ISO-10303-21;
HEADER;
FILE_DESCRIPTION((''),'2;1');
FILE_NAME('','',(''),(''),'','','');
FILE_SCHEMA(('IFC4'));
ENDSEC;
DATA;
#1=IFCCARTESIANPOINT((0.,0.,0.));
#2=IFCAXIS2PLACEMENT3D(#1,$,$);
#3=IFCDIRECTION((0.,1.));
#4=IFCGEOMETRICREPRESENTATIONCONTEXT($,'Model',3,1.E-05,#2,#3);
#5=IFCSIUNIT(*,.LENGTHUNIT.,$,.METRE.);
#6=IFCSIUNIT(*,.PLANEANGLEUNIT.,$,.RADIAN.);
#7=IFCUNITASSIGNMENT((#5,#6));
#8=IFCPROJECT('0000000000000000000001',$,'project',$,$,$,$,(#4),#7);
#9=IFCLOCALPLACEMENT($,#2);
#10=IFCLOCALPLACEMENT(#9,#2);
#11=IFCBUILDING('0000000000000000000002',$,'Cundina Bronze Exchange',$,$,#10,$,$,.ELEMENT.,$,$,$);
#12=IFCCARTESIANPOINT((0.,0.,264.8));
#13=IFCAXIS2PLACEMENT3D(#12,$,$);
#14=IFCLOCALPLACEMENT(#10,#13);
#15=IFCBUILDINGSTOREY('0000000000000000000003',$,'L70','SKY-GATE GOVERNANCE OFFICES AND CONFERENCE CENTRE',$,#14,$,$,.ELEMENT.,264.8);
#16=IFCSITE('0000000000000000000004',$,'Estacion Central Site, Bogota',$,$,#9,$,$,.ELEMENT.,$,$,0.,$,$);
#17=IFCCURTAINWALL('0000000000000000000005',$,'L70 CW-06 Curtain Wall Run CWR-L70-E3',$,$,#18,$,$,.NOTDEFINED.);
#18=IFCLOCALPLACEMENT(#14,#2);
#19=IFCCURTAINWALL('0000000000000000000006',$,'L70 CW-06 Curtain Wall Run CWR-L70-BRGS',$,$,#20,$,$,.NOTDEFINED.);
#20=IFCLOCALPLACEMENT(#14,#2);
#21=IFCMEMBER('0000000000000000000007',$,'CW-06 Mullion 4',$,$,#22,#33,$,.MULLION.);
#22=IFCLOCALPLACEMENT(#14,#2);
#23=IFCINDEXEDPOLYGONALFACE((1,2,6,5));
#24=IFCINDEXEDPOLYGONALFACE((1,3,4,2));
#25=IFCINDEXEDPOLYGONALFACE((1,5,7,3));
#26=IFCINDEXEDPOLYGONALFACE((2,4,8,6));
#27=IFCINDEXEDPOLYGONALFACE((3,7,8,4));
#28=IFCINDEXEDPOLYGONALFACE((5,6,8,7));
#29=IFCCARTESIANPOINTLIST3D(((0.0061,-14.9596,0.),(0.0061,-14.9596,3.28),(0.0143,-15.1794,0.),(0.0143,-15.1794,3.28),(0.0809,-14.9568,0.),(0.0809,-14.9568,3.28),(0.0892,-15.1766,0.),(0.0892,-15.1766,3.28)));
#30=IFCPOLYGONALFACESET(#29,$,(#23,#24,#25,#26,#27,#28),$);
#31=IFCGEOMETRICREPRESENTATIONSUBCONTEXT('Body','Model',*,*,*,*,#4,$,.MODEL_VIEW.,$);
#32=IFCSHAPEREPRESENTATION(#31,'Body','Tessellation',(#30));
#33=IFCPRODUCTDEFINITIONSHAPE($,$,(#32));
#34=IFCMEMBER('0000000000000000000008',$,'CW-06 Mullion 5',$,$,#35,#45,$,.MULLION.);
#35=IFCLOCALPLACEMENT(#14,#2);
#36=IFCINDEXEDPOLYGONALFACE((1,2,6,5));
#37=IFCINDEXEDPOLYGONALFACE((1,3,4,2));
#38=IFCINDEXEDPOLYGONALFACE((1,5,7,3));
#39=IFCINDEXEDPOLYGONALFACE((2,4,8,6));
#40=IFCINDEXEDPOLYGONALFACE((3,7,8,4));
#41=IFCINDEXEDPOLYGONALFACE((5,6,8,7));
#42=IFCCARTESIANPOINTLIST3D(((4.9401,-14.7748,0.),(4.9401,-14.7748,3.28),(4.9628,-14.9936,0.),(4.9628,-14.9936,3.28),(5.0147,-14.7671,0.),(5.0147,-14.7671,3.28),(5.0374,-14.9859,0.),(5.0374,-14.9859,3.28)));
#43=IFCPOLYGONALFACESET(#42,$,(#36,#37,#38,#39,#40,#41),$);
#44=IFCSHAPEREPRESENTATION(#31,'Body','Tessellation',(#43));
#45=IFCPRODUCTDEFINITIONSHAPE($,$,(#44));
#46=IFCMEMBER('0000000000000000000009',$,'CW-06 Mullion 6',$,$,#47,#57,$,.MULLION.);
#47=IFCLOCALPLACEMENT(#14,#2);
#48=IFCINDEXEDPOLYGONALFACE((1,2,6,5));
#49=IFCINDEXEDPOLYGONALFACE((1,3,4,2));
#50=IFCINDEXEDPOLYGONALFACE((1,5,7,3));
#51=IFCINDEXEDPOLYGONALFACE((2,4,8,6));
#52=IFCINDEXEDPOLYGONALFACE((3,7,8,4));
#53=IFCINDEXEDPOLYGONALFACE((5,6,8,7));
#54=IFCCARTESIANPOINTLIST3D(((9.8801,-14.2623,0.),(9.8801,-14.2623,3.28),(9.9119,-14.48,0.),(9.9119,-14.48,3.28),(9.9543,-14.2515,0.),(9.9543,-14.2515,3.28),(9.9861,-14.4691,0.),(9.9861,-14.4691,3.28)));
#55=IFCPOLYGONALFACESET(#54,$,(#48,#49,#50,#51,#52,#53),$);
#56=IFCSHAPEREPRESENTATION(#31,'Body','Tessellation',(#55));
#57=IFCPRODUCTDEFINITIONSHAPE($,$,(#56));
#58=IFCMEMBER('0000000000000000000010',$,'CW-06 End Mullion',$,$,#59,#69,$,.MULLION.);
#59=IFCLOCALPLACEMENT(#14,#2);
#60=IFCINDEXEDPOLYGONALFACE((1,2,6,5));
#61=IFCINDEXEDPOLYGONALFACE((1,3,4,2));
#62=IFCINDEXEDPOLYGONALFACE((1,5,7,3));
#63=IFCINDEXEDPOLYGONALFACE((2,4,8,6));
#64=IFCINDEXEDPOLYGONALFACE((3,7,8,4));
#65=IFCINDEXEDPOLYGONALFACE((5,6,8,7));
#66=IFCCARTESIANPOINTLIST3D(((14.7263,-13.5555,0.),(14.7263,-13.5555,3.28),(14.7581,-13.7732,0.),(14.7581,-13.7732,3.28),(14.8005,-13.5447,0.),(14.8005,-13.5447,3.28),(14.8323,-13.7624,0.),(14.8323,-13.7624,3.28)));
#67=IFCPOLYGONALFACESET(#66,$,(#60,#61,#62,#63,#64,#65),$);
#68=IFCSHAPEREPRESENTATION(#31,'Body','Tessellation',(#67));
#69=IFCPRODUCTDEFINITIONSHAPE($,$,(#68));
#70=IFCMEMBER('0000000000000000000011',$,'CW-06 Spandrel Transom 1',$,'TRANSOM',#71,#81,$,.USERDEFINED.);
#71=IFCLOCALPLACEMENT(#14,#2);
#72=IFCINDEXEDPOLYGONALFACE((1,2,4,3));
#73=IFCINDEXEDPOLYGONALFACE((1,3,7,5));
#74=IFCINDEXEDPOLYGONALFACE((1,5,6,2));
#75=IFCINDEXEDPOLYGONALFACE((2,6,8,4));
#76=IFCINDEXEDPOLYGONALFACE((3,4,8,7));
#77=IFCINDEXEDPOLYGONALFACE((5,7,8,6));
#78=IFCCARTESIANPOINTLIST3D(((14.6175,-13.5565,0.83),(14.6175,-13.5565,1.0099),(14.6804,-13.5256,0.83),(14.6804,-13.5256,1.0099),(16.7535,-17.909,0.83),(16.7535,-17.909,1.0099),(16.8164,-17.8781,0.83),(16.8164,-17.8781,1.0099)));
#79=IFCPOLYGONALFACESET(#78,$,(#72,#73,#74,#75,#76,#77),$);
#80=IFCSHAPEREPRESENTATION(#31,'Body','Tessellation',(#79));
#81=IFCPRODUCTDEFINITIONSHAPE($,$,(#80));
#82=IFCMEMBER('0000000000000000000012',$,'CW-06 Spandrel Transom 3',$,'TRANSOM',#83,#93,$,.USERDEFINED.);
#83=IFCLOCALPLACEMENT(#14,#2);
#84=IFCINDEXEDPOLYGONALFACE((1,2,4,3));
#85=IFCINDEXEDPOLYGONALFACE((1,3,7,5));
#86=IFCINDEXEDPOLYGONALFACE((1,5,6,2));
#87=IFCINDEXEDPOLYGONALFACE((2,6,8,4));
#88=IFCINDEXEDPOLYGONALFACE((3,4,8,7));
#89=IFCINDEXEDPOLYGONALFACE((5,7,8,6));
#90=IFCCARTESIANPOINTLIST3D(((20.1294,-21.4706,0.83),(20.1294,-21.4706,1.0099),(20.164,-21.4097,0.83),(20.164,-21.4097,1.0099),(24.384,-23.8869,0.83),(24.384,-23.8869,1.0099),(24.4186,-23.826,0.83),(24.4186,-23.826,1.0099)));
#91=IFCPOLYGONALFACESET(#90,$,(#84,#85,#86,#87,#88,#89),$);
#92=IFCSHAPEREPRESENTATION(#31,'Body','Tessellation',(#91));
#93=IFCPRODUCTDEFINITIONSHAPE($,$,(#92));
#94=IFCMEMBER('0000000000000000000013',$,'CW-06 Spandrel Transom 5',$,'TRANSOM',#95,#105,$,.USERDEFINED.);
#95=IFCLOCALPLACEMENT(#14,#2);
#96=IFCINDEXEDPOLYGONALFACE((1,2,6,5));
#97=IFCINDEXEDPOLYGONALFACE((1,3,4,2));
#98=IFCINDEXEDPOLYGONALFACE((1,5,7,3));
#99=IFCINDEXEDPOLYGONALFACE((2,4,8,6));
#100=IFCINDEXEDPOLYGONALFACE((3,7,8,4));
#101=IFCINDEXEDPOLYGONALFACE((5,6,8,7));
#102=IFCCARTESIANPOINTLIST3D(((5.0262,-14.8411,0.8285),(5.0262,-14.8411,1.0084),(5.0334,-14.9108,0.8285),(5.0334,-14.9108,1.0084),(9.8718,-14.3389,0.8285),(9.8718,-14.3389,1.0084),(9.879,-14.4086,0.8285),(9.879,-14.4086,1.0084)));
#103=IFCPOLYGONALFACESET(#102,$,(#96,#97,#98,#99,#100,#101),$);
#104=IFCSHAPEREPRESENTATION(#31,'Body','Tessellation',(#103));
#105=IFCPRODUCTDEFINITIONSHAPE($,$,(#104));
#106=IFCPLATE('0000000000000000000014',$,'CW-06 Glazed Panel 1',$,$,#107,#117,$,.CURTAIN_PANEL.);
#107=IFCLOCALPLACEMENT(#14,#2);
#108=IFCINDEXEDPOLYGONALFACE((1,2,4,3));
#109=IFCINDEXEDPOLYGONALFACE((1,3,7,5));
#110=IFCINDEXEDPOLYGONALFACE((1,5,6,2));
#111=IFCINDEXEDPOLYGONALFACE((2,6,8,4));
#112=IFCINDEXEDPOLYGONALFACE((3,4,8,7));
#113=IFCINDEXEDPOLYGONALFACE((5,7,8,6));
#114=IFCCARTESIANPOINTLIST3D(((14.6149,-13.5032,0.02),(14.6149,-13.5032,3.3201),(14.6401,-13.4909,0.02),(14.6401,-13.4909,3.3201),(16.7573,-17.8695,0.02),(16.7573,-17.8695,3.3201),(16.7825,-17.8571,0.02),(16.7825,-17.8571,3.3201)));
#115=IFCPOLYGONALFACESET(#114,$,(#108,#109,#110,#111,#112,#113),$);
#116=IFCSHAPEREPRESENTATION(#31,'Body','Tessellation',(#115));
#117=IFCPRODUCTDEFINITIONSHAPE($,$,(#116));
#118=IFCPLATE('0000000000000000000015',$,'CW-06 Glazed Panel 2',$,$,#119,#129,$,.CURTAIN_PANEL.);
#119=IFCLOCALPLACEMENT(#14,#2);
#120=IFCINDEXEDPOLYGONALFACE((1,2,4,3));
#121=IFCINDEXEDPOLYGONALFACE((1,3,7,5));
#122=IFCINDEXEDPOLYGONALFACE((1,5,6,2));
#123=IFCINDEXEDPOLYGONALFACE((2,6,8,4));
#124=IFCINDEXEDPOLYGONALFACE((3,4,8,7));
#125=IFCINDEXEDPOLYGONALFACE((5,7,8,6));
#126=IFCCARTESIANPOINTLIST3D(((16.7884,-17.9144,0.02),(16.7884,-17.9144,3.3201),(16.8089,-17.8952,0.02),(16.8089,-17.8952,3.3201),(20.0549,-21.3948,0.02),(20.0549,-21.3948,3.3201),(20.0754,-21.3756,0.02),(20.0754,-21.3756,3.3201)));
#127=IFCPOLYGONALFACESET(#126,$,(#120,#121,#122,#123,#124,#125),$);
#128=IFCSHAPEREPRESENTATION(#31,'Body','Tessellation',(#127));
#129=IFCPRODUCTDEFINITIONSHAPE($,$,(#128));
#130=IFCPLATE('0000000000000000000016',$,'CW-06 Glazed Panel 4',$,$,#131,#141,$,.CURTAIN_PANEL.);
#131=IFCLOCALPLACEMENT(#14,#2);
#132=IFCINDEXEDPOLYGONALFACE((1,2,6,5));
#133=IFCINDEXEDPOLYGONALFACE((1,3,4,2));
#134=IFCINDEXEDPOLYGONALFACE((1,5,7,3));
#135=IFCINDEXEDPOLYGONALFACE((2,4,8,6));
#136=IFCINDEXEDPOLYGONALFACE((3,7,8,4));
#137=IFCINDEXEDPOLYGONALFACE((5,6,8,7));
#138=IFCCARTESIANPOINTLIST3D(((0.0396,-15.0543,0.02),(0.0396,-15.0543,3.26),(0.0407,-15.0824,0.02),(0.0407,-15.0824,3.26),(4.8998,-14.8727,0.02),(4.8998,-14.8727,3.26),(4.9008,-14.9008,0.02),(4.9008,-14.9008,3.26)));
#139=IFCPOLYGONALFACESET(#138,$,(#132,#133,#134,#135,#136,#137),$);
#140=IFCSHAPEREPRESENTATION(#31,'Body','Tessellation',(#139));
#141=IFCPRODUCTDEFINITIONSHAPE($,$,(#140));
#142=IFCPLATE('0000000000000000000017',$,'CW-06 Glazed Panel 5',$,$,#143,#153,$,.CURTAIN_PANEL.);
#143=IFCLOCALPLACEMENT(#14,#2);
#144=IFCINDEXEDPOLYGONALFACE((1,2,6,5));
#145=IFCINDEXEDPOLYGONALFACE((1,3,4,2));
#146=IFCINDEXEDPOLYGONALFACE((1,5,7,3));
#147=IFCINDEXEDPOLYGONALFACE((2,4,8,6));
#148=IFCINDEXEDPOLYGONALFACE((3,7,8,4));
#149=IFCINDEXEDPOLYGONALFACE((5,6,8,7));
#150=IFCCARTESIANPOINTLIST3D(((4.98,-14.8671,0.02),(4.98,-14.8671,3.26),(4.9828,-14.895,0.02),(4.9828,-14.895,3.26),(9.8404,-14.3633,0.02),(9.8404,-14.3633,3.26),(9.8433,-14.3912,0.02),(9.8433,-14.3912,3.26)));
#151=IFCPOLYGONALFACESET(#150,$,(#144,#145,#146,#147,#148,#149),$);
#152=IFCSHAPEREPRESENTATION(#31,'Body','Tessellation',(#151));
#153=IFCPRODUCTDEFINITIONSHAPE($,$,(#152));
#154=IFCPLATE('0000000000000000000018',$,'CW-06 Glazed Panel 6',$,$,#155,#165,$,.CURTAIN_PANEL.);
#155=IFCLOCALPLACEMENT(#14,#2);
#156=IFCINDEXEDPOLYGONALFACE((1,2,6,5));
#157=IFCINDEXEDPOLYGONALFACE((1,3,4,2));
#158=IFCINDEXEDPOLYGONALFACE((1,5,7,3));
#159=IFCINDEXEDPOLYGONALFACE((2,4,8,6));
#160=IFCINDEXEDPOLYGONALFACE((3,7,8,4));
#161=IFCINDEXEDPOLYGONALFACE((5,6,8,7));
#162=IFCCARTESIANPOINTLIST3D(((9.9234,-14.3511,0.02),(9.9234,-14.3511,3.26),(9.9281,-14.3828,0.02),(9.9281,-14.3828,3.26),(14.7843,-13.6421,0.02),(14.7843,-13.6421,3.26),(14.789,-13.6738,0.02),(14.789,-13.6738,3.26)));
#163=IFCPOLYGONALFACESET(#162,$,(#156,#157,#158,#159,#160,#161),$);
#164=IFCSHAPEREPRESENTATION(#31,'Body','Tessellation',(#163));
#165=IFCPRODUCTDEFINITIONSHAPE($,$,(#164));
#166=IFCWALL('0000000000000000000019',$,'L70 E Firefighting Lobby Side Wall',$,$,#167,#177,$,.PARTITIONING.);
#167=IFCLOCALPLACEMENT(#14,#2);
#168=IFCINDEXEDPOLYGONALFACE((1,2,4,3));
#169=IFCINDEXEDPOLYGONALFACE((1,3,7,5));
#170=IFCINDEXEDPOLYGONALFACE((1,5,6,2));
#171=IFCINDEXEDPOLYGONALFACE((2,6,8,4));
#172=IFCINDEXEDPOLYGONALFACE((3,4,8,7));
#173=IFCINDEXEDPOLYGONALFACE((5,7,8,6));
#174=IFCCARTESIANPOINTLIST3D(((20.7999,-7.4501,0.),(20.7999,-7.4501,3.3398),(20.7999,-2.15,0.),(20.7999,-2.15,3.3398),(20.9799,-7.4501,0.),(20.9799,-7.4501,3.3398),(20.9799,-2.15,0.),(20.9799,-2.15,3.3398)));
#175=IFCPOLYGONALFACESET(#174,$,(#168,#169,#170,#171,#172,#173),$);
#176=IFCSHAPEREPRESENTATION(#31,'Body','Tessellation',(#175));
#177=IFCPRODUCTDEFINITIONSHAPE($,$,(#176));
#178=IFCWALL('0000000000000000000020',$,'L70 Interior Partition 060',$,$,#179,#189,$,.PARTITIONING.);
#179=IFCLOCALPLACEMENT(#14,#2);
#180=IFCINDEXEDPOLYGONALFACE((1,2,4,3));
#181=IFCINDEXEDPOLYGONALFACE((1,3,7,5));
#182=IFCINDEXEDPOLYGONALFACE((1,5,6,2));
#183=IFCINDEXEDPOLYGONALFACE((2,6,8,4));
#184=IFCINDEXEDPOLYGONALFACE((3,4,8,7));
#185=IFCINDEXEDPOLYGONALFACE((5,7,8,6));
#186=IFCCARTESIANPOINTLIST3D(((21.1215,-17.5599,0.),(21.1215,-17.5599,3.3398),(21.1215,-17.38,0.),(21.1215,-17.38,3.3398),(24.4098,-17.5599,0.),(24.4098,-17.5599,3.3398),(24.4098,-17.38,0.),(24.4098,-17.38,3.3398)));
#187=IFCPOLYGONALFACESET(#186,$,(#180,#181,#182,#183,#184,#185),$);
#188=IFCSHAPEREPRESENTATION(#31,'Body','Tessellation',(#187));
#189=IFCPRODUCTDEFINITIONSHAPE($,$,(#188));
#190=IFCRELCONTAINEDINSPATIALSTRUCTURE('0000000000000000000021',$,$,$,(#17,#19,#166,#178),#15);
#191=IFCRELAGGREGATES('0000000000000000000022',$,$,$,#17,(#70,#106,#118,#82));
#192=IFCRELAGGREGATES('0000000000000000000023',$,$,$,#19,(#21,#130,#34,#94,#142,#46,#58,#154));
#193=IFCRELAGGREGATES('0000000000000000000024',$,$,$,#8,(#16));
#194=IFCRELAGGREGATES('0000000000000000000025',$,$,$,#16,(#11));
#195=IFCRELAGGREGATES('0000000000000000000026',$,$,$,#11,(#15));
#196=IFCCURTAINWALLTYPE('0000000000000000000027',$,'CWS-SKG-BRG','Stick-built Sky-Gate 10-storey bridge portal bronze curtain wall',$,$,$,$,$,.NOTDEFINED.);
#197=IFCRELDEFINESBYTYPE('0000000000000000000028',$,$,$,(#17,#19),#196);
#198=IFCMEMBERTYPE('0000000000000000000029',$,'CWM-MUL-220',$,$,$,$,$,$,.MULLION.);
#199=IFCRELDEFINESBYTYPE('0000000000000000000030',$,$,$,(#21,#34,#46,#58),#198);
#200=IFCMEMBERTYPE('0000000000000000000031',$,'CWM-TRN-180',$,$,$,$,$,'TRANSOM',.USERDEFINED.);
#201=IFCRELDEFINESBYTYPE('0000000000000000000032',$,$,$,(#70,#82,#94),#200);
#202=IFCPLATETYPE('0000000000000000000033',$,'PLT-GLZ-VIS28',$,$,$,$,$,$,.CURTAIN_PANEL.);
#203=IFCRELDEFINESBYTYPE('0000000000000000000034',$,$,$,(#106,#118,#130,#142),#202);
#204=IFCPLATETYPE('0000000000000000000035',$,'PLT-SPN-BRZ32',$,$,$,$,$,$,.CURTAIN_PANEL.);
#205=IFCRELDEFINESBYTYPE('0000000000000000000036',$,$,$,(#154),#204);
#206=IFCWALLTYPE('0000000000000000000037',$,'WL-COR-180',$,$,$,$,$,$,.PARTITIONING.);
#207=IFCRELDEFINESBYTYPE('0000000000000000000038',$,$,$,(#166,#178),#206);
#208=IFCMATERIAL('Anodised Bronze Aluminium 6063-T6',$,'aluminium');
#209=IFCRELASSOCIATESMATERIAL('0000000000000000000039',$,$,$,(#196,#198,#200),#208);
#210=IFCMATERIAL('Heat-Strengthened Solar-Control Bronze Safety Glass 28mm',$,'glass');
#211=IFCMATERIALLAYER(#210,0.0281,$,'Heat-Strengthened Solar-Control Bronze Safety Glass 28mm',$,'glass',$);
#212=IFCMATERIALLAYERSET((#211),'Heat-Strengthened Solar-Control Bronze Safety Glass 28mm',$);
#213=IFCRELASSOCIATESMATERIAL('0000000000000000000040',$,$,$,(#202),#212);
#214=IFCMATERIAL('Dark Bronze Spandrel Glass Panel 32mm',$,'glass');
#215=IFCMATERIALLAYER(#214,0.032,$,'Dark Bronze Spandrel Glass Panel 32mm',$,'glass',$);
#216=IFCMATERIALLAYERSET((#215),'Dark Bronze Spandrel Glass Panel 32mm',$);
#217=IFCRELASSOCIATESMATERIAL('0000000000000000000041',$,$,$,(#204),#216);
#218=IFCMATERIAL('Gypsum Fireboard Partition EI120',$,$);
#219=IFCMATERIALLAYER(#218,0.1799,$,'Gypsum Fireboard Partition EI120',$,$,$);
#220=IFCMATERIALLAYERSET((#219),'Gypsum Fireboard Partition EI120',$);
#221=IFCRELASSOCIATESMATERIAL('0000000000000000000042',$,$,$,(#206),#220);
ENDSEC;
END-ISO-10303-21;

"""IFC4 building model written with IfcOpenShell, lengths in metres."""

from ifc_helpers import new_model, si_unit, direction, frame, frame_2d, origin, origin_2d, place, context, subcontext, project, spatial, rectangle, extrude, material, layer, layer_set, material_profile, profile_set, type_object, element, aggregate, save


model = new_model("IFC4")

# Units and contexts
model_context = context("Model", 3, precision=1e-05, world=origin(), true_north=direction((0.0, 1.0)))
body_context = subcontext(model_context, "Body", "Model", "MODEL_VIEW")
ifc_project = project(units=[si_unit("LENGTHUNIT", "METRE"), si_unit("PLANEANGLEUNIT", "RADIAN")], contexts=[model_context])

# Site, building, storey
site_placement = place(None, origin())
site = spatial("IfcSite", under=ifc_project, at=site_placement, Name="Estacion Central Site, Bogota", CompositionType="ELEMENT", RefElevation=0.0)
building_placement = place(site_placement, origin())
building = spatial("IfcBuilding", under=site, at=building_placement, Name="Cundina Bronze Exchange", CompositionType="ELEMENT")
storey_placement = place(building_placement, frame((0.0, 0.0, 264.8)))
storey = spatial("IfcBuildingStorey", under=building, at=storey_placement, Name="L70", Description="SKY-GATE GOVERNANCE OFFICES AND CONFERENCE CENTRE", CompositionType="ELEMENT", Elevation=264.8)

# Curtain walls, members
ifc_material_1 = material(Name="Anodised Bronze Aluminium 6063-T6", Category="aluminium")
curtain_wall_type = type_object("IfcCurtainWallType", Name="CWS-SKG-BRG", Description="Stick-built Sky-Gate 10-storey bridge portal bronze curtain wall", PredefinedType="NOTDEFINED", material=ifc_material_1)
curtain_wall_1_placement = place(storey_placement, origin())
curtain_wall_1 = element("IfcCurtainWall", 1, at=curtain_wall_1_placement, inside=storey, type_object=curtain_wall_type, Name="L70 CW-06 Curtain Wall Run CWR-L70-E3", PredefinedType="NOTDEFINED")
ifc_material_profile_1 = material_profile(ifc_material_1, rectangle(XDim=0.075, YDim=0.22, at=origin_2d()), Name="AL75X220", Category="aluminium")
ifc_profile_set_1 = profile_set([ifc_material_profile_1], Name="Anodised Bronze Aluminium 6063-T6")
member_type_1 = type_object("IfcMemberType", Name="CWM-MUL-220", PredefinedType="MULLION", material=ifc_profile_set_1)
curtain_wall_2_placement = place(storey_placement, origin())
curtain_wall_2 = element("IfcCurtainWall", 2, at=curtain_wall_2_placement, inside=storey, type_object=curtain_wall_type, Name="L70 CW-06 Curtain Wall Run CWR-L70-BRGS", PredefinedType="NOTDEFINED")
member_1_placement = place(storey_placement, frame((0.0476, -15.0681, 0.0), z_axis=(0.0, 0.0, 1.0), x_axis=(0.999303, 0.037341, 0.0)))
member_1 = element("IfcMember", 3, at=member_1_placement, type_object=member_type_1, Name="CW-06 Mullion 4", PredefinedType="MULLION", context=body_context, shape_type="SweptSolid", body=[
    extrude(rectangle(XDim=0.075, YDim=0.22, at=origin_2d()), origin(), (0.0, 0.0, 1.0), 3.28),
])
member_2_placement = place(storey_placement, frame((4.9888, -14.8804, 0.0), z_axis=(0.0, 0.0, 1.0), x_axis=(0.994667, 0.10314, 0.0)))
member_2 = element("IfcMember", 4, at=member_2_placement, type_object=member_type_1, Name="CW-06 Mullion 5", PredefinedType="MULLION", context=body_context, shape_type="SweptSolid", body=[
    extrude(rectangle(XDim=0.075, YDim=0.22, at=origin_2d()), origin(), (0.0, 0.0, 1.0), 3.28),
])
member_3_placement = place(storey_placement, frame((9.9331, -14.3657, 0.0), z_axis=(0.0, 0.0, 1.0), x_axis=(0.989526, 0.144356, 0.0)))
member_3 = element("IfcMember", 5, at=member_3_placement, type_object=member_type_1, Name="CW-06 Mullion 6", PredefinedType="MULLION", context=body_context, shape_type="SweptSolid", body=[
    extrude(rectangle(XDim=0.075, YDim=0.22, at=origin_2d()), origin(), (0.0, 0.0, 1.0), 3.28),
])
member_4_placement = place(storey_placement, frame((14.7793, -13.6589, 0.0), z_axis=(0.0, 0.0, 1.0), x_axis=(0.989526, 0.144356, 0.0)))
member_4 = element("IfcMember", 6, at=member_4_placement, type_object=member_type_1, Name="CW-06 End Mullion", PredefinedType="MULLION", context=body_context, shape_type="SweptSolid", body=[
    extrude(rectangle(XDim=0.075, YDim=0.22, at=origin_2d()), origin(), (0.0, 0.0, 1.0), 3.28),
])

# Members
ifc_material_profile_2 = material_profile(ifc_material_1, rectangle(XDim=0.0701, YDim=0.1799, at=origin_2d()), Name="AL70X180", Category="aluminium")
ifc_profile_set_2 = profile_set([ifc_material_profile_2], Name="Anodised Bronze Aluminium 6063-T6")
member_type_2 = type_object("IfcMemberType", Name="CWM-TRN-180", ElementType="TRANSOM", PredefinedType="USERDEFINED", material=ifc_profile_set_2)
member_5_placement = place(storey_placement, frame((14.6489, -13.541, 0.9199), z_axis=(0.440554, -0.897726, 0.0), x_axis=(0.897726, 0.440554, 0.0)))
member_5 = element("IfcMember", 7, at=member_5_placement, type_object=member_type_2, Name="CW-06 Spandrel Transom 1", ObjectType="TRANSOM", PredefinedType="USERDEFINED", context=body_context, shape_type="SweptSolid", body=[
    extrude(rectangle(XDim=0.0701, YDim=0.1799, at=origin_2d()), origin(), (0.0, 0.0, 1.0), 4.8484),
])
member_6_placement = place(storey_placement, frame((20.1467, -21.4402, 0.9199), z_axis=(0.869557, -0.493832, 0.0), x_axis=(0.493832, 0.869557, 0.0)))
member_6 = element("IfcMember", 8, at=member_6_placement, type_object=member_type_2, Name="CW-06 Spandrel Transom 3", ObjectType="TRANSOM", PredefinedType="USERDEFINED", context=body_context, shape_type="SweptSolid", body=[
    extrude(rectangle(XDim=0.0701, YDim=0.1799, at=origin_2d()), origin(), (0.0, 0.0, 1.0), 4.8928),
])
member_7_placement = place(storey_placement, frame((5.0298, -14.876, 0.9185), z_axis=(0.994672, 0.103086, 0.0), x_axis=(-0.103086, 0.994672, 0.0)))
member_7 = element("IfcMember", 9, at=member_7_placement, type_object=member_type_2, Name="CW-06 Spandrel Transom 5", ObjectType="TRANSOM", PredefinedType="USERDEFINED", context=body_context, shape_type="SweptSolid", body=[
    extrude(rectangle(XDim=0.0701, YDim=0.1799, at=origin_2d()), origin(), (0.0, 0.0, 1.0), 4.8716),
])

# Plates
ifc_material_2 = material(Name="Heat-Strengthened Solar-Control Bronze Safety Glass 28mm", Category="glass")
ifc_layer_1 = layer(ifc_material_2, 0.0281, Name="Heat-Strengthened Solar-Control Bronze Safety Glass 28mm", Category="glass")
ifc_layer_set_1 = layer_set([ifc_layer_1], Name="Heat-Strengthened Solar-Control Bronze Safety Glass 28mm")
plate_type_1 = type_object("IfcPlateType", Name="PLT-GLZ-VIS28", PredefinedType="CURTAIN_PANEL", material=ifc_layer_set_1)
plate_1_placement = place(storey_placement, frame((15.6987, -15.6802, 0.02), z_axis=(0.0, 0.0, 1.0), x_axis=(0.440503, -0.897751, 0.0)))
plate_1 = element("IfcPlate", 10, at=plate_1_placement, type_object=plate_type_1, Name="CW-06 Glazed Panel 1", PredefinedType="CURTAIN_PANEL", context=body_context, shape_type="SweptSolid", body=[
    extrude(rectangle(XDim=4.8635, YDim=0.0281, at=origin_2d()), origin(), (0.0, 0.0, 1.0), 3.3),
])
plate_2_placement = place(storey_placement, frame((18.4319, -19.645, 0.02), z_axis=(0.0, 0.0, 1.0), x_axis=(0.684344, -0.72916, 0.0)))
plate_2 = element("IfcPlate", 11, at=plate_2_placement, type_object=plate_type_1, Name="CW-06 Glazed Panel 2", PredefinedType="CURTAIN_PANEL", context=body_context, shape_type="SweptSolid", body=[
    extrude(rectangle(XDim=4.7732, YDim=0.0281, at=origin_2d()), origin(), (0.0, 0.0, 1.0), 3.3),
])
aggregate(curtain_wall_1, [member_5, plate_1, plate_2, member_6])
plate_3_placement = place(storey_placement, frame((2.4702, -14.9775, 0.02), z_axis=(0.0, 0.0, 1.0), x_axis=(0.999303, 0.037341, 0.0)))
plate_3 = element("IfcPlate", 12, at=plate_3_placement, type_object=plate_type_1, Name="CW-06 Glazed Panel 4", PredefinedType="CURTAIN_PANEL", context=body_context, shape_type="SweptSolid", body=[
    extrude(rectangle(XDim=4.8635, YDim=0.0281, at=origin_2d()), origin(), (0.0, 0.0, 1.0), 3.24),
])
plate_4_placement = place(storey_placement, frame((7.4116, -14.6292, 0.02), z_axis=(0.0, 0.0, 1.0), x_axis=(0.994672, 0.103088, 0.0)))
plate_4 = element("IfcPlate", 13, at=plate_4_placement, type_object=plate_type_1, Name="CW-06 Glazed Panel 5", PredefinedType="CURTAIN_PANEL", context=body_context, shape_type="SweptSolid", body=[
    extrude(rectangle(XDim=4.8865, YDim=0.0281, at=origin_2d()), origin(), (0.0, 0.0, 1.0), 3.24),
])
ifc_material_3 = material(Name="Dark Bronze Spandrel Glass Panel 32mm", Category="glass")
ifc_layer_2 = layer(ifc_material_3, 0.032, Name="Dark Bronze Spandrel Glass Panel 32mm", Category="glass")
ifc_layer_set_2 = layer_set([ifc_layer_2], Name="Dark Bronze Spandrel Glass Panel 32mm")
plate_type_2 = type_object("IfcPlateType", Name="PLT-SPN-BRZ32", PredefinedType="CURTAIN_PANEL", material=ifc_layer_set_2)
plate_5_placement = place(storey_placement, frame((12.3562, -14.0125, 0.02), z_axis=(0.0, 0.0, 1.0), x_axis=(0.989528, 0.144339, 0.0)))
plate_5 = element("IfcPlate", 14, at=plate_5_placement, type_object=plate_type_2, Name="CW-06 Glazed Panel 6", PredefinedType="CURTAIN_PANEL", context=body_context, shape_type="SweptSolid", body=[
    extrude(rectangle(XDim=4.9124, YDim=0.032, at=origin_2d()), origin(), (0.0, 0.0, 1.0), 3.24),
])
aggregate(curtain_wall_2, [member_1, plate_3, member_2, member_7, plate_4, member_3, member_4, plate_5])

# Walls
ifc_material_4 = material(Name="Gypsum Fireboard Partition EI120")
ifc_layer_3 = layer(ifc_material_4, 0.1799, Name="Gypsum Fireboard Partition EI120")
ifc_layer_set_3 = layer_set([ifc_layer_3], Name="Gypsum Fireboard Partition EI120")
wall_type = type_object("IfcWallType", Name="WL-COR-180", PredefinedType="PARTITIONING", material=ifc_layer_set_3)
wall_1_placement = place(storey_placement, frame((20.8899, -7.45, 0.0), z_axis=(0.0, 0.0, 1.0), x_axis=(0.0, 1.0, 0.0)))
element("IfcWall", 15, at=wall_1_placement, inside=storey, type_object=wall_type, Name="L70 E Firefighting Lobby Side Wall", PredefinedType="PARTITIONING", context=body_context, shape_type="SweptSolid", body=[
    extrude(rectangle(XDim=5.3, YDim=0.1799, at=frame_2d((2.6499, 0.0))), origin(), (0.0, 0.0, 1.0), 3.3398),
])
wall_2_placement = place(storey_placement, frame((21.1216, -17.47, 0.0), z_axis=(0.0, 0.0, 1.0), x_axis=(1.0, 0.0, 0.0)))
element("IfcWall", 16, at=wall_2_placement, inside=storey, type_object=wall_type, Name="L70 Interior Partition 060", PredefinedType="PARTITIONING", context=body_context, shape_type="SweptSolid", body=[
    extrude(rectangle(XDim=3.2883, YDim=0.1799, at=frame_2d((1.644, 0.0))), origin(), (0.0, 0.0, 1.0), 3.3398),
])

save(model, "model.ifc")
